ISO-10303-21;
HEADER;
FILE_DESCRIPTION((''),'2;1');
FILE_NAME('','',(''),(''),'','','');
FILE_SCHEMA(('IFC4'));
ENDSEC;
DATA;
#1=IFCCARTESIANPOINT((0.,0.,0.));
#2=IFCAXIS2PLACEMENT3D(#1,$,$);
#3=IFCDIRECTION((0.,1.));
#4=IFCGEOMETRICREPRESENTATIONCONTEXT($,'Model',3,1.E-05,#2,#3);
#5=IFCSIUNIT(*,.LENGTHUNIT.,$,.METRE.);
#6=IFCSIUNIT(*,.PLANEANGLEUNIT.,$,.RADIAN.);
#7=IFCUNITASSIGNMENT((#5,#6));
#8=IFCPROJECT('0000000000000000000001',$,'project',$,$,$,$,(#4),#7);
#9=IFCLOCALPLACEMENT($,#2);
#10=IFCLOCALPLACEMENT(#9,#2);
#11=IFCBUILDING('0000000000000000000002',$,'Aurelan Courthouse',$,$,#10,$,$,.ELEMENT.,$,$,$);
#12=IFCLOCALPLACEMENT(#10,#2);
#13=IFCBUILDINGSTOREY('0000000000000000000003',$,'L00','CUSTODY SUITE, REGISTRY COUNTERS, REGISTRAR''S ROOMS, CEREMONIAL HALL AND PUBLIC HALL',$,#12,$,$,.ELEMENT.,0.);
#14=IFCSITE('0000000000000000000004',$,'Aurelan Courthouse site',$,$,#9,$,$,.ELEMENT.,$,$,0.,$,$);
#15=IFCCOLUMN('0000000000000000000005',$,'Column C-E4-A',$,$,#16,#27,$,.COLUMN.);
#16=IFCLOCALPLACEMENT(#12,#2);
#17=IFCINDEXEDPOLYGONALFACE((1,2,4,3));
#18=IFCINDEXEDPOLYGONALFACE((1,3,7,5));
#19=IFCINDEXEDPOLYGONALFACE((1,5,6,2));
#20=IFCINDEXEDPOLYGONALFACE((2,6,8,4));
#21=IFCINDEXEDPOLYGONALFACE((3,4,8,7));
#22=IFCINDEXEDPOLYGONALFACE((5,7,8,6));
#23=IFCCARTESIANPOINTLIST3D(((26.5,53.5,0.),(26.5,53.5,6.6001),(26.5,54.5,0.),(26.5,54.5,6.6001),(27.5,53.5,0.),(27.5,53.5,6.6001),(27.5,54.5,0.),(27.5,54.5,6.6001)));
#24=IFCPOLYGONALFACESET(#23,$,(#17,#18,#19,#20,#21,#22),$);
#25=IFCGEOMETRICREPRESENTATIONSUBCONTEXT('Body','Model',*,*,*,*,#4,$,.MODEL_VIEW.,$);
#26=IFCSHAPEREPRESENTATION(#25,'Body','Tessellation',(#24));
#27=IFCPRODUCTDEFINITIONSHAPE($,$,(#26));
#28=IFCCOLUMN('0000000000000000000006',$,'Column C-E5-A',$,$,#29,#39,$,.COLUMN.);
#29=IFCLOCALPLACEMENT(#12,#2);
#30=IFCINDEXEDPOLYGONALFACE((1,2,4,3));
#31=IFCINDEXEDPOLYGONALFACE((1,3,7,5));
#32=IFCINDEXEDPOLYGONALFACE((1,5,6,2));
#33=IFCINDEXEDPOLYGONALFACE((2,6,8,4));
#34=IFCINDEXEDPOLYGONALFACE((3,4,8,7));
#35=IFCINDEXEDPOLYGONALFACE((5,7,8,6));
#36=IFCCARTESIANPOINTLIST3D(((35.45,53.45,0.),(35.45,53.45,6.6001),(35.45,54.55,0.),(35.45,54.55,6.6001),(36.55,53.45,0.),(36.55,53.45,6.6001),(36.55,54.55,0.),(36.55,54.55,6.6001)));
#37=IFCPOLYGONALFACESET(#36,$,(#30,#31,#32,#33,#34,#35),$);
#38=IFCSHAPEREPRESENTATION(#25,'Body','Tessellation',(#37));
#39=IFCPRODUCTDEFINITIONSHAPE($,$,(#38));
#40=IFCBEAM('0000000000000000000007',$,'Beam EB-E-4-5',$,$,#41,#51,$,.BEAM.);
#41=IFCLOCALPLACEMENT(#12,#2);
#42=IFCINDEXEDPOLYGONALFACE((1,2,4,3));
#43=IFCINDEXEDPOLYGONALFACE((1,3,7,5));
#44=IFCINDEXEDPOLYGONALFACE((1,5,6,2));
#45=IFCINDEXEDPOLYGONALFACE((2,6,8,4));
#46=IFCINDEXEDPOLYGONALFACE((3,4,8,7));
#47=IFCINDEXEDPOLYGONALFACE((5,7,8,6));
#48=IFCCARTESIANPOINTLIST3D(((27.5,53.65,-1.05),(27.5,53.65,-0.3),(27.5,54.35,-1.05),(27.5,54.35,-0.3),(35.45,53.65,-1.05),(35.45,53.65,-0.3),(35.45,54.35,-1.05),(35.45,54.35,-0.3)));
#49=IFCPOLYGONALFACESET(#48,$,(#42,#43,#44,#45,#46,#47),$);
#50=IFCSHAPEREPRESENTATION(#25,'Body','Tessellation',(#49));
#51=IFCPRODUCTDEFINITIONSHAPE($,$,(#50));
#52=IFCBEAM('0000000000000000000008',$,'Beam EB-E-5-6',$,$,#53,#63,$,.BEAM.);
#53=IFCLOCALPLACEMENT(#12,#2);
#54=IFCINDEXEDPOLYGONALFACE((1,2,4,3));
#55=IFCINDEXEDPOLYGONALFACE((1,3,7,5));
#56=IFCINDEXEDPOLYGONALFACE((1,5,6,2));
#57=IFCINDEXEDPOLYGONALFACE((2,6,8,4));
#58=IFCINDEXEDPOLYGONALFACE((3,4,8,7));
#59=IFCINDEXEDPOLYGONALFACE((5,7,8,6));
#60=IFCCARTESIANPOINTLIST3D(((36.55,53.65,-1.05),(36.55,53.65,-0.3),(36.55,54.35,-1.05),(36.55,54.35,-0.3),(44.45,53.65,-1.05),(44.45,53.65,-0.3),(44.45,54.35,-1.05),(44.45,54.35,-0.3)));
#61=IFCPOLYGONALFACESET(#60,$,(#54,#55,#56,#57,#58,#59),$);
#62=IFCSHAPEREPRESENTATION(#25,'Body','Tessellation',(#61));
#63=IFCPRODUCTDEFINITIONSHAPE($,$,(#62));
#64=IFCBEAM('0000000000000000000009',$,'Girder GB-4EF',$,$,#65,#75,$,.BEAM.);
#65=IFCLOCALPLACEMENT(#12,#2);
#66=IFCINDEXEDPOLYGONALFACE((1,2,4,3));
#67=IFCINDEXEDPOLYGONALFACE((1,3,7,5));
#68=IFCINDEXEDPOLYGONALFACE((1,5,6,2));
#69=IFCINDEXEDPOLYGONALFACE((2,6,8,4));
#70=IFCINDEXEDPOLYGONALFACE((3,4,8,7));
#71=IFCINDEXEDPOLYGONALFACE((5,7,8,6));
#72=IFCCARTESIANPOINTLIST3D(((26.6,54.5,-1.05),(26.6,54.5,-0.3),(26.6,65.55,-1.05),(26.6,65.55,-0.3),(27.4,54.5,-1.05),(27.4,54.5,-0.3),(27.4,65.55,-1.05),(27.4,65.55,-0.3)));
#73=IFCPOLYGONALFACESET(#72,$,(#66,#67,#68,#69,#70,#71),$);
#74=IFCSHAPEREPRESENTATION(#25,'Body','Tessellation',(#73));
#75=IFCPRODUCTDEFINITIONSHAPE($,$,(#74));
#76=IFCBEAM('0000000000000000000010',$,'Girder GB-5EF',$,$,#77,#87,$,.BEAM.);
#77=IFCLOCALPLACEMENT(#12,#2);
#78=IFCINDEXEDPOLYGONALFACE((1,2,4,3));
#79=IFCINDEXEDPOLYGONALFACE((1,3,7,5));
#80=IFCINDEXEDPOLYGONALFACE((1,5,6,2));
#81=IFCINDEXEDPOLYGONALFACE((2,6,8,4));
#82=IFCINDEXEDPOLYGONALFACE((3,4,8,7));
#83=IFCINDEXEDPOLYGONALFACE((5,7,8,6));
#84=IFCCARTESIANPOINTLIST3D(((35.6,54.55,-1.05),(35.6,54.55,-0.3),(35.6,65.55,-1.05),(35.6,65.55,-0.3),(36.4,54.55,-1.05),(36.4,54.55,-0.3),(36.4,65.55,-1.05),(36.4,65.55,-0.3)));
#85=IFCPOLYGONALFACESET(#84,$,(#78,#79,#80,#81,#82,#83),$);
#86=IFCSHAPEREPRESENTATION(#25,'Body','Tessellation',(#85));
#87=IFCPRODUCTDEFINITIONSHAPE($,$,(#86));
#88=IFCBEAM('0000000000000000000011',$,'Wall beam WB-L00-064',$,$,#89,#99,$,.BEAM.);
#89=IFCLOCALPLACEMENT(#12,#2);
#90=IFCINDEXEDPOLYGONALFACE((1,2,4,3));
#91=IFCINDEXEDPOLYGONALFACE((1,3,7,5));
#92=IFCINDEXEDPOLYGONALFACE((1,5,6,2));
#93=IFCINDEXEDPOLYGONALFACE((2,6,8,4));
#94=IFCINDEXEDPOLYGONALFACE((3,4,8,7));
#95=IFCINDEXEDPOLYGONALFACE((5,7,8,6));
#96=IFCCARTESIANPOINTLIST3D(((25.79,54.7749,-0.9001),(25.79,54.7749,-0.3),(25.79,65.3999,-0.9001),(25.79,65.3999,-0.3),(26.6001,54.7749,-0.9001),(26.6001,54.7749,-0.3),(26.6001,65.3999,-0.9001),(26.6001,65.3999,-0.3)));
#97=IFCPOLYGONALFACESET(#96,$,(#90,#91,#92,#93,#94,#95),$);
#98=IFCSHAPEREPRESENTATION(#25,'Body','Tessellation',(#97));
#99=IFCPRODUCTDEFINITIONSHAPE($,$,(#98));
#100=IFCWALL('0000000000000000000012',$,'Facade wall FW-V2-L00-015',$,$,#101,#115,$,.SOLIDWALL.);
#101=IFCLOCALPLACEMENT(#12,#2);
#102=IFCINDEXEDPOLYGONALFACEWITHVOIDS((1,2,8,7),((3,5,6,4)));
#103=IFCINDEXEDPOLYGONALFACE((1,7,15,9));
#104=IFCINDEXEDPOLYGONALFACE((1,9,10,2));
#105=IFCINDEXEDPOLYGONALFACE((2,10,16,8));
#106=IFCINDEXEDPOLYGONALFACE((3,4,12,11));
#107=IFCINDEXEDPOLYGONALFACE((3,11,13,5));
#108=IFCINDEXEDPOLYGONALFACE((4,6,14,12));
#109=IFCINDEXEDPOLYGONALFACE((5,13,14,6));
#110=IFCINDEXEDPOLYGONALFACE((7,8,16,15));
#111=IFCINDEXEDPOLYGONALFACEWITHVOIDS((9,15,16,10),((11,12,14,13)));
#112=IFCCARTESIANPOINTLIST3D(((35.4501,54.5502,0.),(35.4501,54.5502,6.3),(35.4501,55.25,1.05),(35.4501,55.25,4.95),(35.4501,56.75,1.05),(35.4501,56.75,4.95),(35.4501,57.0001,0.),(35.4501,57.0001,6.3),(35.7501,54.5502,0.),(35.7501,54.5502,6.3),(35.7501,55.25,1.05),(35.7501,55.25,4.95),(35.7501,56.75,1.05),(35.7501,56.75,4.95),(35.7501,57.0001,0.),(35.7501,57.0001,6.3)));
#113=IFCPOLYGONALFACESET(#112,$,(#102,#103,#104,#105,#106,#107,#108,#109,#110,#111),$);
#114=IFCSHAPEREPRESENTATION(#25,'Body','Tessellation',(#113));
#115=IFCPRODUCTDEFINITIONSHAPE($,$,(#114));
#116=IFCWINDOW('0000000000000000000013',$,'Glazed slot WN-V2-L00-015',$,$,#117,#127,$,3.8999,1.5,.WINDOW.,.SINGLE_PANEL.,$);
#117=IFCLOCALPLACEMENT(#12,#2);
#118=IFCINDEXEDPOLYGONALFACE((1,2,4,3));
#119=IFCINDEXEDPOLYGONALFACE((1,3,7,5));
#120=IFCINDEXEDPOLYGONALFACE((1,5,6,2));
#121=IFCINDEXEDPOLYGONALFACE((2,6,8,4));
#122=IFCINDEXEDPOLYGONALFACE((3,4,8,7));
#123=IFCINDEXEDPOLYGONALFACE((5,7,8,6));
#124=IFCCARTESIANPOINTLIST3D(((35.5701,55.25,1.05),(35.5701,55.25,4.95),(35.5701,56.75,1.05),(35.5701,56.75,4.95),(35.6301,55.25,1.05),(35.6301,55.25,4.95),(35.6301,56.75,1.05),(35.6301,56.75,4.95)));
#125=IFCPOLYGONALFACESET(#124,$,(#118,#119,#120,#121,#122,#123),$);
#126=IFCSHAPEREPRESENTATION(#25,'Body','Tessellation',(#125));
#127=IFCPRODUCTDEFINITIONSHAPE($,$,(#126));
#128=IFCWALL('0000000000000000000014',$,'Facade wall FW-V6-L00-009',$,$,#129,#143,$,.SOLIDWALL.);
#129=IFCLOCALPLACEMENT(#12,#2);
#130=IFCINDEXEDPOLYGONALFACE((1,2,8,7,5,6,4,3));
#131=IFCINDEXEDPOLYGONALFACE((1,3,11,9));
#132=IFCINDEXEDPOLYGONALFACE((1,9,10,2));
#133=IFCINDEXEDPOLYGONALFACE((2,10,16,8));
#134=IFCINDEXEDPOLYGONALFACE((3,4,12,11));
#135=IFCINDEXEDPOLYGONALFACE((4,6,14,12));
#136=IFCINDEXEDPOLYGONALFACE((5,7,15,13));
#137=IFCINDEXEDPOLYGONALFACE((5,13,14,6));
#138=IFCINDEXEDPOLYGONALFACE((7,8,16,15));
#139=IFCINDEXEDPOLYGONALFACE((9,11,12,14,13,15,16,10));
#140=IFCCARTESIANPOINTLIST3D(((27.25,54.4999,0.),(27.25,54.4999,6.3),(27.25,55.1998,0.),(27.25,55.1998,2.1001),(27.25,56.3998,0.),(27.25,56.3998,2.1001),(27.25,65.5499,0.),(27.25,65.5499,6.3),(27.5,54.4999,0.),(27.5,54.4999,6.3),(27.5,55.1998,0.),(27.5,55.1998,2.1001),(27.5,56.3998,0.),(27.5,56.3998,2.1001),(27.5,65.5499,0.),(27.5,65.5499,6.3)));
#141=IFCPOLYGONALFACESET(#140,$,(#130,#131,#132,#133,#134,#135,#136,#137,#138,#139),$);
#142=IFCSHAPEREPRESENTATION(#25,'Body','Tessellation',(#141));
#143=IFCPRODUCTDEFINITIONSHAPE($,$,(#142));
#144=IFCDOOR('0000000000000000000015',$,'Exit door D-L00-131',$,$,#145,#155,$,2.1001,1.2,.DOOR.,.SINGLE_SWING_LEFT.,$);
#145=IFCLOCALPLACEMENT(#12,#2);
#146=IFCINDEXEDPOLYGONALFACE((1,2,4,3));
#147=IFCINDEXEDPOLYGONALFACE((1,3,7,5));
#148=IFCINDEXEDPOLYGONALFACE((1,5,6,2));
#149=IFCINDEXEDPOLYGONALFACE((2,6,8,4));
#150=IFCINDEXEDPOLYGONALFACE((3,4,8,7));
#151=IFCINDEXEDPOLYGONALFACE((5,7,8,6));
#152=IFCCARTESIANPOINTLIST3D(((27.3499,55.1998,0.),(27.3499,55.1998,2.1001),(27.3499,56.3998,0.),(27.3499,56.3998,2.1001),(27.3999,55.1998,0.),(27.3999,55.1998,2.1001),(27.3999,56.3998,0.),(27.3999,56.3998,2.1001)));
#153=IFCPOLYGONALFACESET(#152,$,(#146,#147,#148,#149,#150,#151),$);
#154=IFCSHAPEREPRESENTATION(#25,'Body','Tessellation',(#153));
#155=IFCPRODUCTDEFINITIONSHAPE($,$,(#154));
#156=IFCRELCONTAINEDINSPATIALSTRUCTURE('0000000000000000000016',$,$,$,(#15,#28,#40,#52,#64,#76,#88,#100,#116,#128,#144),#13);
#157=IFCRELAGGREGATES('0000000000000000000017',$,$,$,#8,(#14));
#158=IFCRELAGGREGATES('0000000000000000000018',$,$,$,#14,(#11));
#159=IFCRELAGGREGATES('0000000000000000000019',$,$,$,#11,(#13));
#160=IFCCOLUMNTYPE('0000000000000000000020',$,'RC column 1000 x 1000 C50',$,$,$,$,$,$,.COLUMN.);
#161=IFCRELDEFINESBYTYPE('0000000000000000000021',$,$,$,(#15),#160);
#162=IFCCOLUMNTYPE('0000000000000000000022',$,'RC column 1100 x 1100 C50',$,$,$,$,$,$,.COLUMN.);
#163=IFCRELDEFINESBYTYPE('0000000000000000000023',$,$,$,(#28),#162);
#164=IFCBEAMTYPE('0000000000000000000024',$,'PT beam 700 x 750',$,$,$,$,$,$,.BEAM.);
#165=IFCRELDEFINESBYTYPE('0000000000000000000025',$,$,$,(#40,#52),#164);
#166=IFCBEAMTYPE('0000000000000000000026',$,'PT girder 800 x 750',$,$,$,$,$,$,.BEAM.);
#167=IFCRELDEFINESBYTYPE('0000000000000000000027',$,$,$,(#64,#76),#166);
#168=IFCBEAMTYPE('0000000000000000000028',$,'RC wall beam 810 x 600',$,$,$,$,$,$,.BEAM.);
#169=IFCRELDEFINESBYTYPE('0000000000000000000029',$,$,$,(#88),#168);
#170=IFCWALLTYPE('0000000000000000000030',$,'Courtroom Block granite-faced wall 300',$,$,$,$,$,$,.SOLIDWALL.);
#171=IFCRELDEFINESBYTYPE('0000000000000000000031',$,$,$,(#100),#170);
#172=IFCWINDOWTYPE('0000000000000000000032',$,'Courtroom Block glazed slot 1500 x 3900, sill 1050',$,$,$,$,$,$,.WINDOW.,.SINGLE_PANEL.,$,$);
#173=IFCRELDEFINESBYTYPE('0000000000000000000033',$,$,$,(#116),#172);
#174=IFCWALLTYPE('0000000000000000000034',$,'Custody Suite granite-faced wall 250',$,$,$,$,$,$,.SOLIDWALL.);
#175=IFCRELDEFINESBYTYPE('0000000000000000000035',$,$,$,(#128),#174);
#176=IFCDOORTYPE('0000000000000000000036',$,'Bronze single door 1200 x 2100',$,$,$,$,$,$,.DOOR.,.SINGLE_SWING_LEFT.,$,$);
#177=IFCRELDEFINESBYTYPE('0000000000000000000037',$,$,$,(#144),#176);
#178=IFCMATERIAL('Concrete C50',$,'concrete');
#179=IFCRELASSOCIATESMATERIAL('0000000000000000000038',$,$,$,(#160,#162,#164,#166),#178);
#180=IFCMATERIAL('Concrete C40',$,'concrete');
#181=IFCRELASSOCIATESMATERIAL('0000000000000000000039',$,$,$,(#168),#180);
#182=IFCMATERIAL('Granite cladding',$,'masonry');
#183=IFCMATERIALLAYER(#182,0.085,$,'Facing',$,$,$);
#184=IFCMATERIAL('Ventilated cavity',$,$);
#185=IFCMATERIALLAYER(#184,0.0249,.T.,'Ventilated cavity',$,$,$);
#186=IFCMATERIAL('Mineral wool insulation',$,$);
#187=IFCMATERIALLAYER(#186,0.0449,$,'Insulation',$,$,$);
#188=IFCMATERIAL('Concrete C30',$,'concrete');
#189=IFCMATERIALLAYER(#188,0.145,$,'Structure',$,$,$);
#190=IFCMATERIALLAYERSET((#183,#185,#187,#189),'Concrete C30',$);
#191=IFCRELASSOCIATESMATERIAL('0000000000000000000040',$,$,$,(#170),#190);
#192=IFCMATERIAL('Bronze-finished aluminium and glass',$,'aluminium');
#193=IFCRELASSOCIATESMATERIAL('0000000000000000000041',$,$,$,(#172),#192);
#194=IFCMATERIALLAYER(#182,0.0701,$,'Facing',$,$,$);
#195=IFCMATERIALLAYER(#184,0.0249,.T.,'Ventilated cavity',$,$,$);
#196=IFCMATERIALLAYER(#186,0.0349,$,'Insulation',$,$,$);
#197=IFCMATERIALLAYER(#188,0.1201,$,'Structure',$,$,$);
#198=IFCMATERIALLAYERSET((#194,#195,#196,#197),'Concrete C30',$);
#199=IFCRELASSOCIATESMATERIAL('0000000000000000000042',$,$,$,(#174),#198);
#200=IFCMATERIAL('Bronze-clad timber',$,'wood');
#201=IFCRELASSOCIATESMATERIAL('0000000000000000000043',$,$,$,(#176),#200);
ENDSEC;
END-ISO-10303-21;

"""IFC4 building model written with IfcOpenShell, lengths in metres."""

from ifc_helpers import new_model, si_unit, direction, frame, frame_2d, origin, origin_2d, place, context, subcontext, project, spatial, rectangle, extrude, material, layer, layer_set, material_profile, profile_set, type_object, element, fill, save


model = new_model("IFC4")

# Units and contexts
model_context = context("Model", 3, precision=1e-05, world=origin(), true_north=direction((0.0, 1.0)))
body_context = subcontext(model_context, "Body", "Model", "MODEL_VIEW")
ifc_project = project(units=[si_unit("LENGTHUNIT", "METRE"), si_unit("PLANEANGLEUNIT", "RADIAN")], contexts=[model_context])

# Site, building, storey
site_placement = place(None, origin())
site = spatial("IfcSite", under=ifc_project, at=site_placement, Name="Aurelan Courthouse site", CompositionType="ELEMENT", RefElevation=0.0)
building_placement = place(site_placement, origin())
building = spatial("IfcBuilding", under=site, at=building_placement, Name="Aurelan Courthouse", CompositionType="ELEMENT")
storey_placement = place(building_placement, origin())
storey = spatial("IfcBuildingStorey", under=building, at=storey_placement, Name="L00", Description="CUSTODY SUITE, REGISTRY COUNTERS, REGISTRAR'S ROOMS, CEREMONIAL HALL AND PUBLIC HALL", CompositionType="ELEMENT", Elevation=0.0)

# Columns
ifc_material_1 = material(Name="Concrete C50", Category="concrete")
ifc_material_profile_1 = material_profile(ifc_material_1, rectangle(XDim=1.0, YDim=1.0, at=origin_2d()), Name="RC 1000 x 1000")
ifc_profile_set_1 = profile_set([ifc_material_profile_1], Name="Concrete C50")
column_type_1 = type_object("IfcColumnType", Name="RC column 1000 x 1000 C50", PredefinedType="COLUMN", material=ifc_profile_set_1)
column_1_placement = place(storey_placement, frame((27.0, 54.0, 0.0), z_axis=(0.0, 0.0, 1.0), x_axis=(1.0, 0.0, 0.0)))
element("IfcColumn", 1, at=column_1_placement, inside=storey, type_object=column_type_1, Name="Column C-E4-A", PredefinedType="COLUMN", context=body_context, shape_type="SweptSolid", body=[
    extrude(rectangle(XDim=1.0, YDim=1.0, at=origin_2d()), origin(), (0.0, 0.0, 1.0), 6.6001),
])
ifc_material_profile_2 = material_profile(ifc_material_1, rectangle(XDim=1.1001, YDim=1.1001, at=origin_2d()), Name="RC 1100 x 1100")
ifc_profile_set_2 = profile_set([ifc_material_profile_2], Name="Concrete C50")
column_type_2 = type_object("IfcColumnType", Name="RC column 1100 x 1100 C50", PredefinedType="COLUMN", material=ifc_profile_set_2)
column_2_placement = place(storey_placement, frame((36.0, 54.0, 0.0), z_axis=(0.0, 0.0, 1.0), x_axis=(1.0, 0.0, 0.0)))
element("IfcColumn", 2, at=column_2_placement, inside=storey, type_object=column_type_2, Name="Column C-E5-A", PredefinedType="COLUMN", context=body_context, shape_type="SweptSolid", body=[
    extrude(rectangle(XDim=1.1001, YDim=1.1001, at=origin_2d()), origin(), (0.0, 0.0, 1.0), 6.6001),
])

# Beams
ifc_material_profile_3 = material_profile(ifc_material_1, rectangle(XDim=0.7, YDim=0.75, at=origin_2d()), Name="RC 700 x 750")
ifc_profile_set_3 = profile_set([ifc_material_profile_3], Name="Concrete C50")
beam_type_1 = type_object("IfcBeamType", Name="PT beam 700 x 750", PredefinedType="BEAM", material=ifc_profile_set_3)
beam_1_placement = place(storey_placement, frame((27.5, 54.0, -0.675), z_axis=(1.0, 0.0, 0.0), x_axis=(0.0, 1.0, 0.0)))
element("IfcBeam", 3, at=beam_1_placement, inside=storey, type_object=beam_type_1, Name="Beam EB-E-4-5", PredefinedType="BEAM", context=body_context, shape_type="SweptSolid", body=[
    extrude(rectangle(XDim=0.7, YDim=0.75, at=origin_2d()), origin(), (0.0, 0.0, 1.0), 7.95),
])
beam_2_placement = place(storey_placement, frame((36.55, 54.0, -0.675), z_axis=(1.0, 0.0, 0.0), x_axis=(0.0, 1.0, 0.0)))
element("IfcBeam", 4, at=beam_2_placement, inside=storey, type_object=beam_type_1, Name="Beam EB-E-5-6", PredefinedType="BEAM", context=body_context, shape_type="SweptSolid", body=[
    extrude(rectangle(XDim=0.7, YDim=0.75, at=origin_2d()), origin(), (0.0, 0.0, 1.0), 7.8999),
])
ifc_material_profile_4 = material_profile(ifc_material_1, rectangle(XDim=0.8, YDim=0.75, at=origin_2d()), Name="RC 800 x 750")
ifc_profile_set_4 = profile_set([ifc_material_profile_4], Name="Concrete C50")
beam_type_2 = type_object("IfcBeamType", Name="PT girder 800 x 750", PredefinedType="BEAM", material=ifc_profile_set_4)
beam_3_placement = place(storey_placement, frame((27.0, 54.5, -0.675), z_axis=(0.0, 1.0, 0.0), x_axis=(-1.0, 0.0, 0.0)))
element("IfcBeam", 5, at=beam_3_placement, inside=storey, type_object=beam_type_2, Name="Girder GB-4EF", PredefinedType="BEAM", context=body_context, shape_type="SweptSolid", body=[
    extrude(rectangle(XDim=0.8, YDim=0.75, at=origin_2d()), origin(), (0.0, 0.0, 1.0), 11.05),
])
beam_4_placement = place(storey_placement, frame((36.0, 54.55, -0.675), z_axis=(0.0, 1.0, 0.0), x_axis=(-1.0, 0.0, 0.0)))
element("IfcBeam", 6, at=beam_4_placement, inside=storey, type_object=beam_type_2, Name="Girder GB-5EF", PredefinedType="BEAM", context=body_context, shape_type="SweptSolid", body=[
    extrude(rectangle(XDim=0.8, YDim=0.75, at=origin_2d()), origin(), (0.0, 0.0, 1.0), 11.0),
])
ifc_material_2 = material(Name="Concrete C40", Category="concrete")
ifc_material_profile_5 = material_profile(ifc_material_2, rectangle(XDim=0.8101, YDim=0.6001, at=origin_2d()), Name="RC 810 x 600")
ifc_profile_set_5 = profile_set([ifc_material_profile_5], Name="Concrete C40")
beam_type_3 = type_object("IfcBeamType", Name="RC wall beam 810 x 600", PredefinedType="BEAM", material=ifc_profile_set_5)
beam_5_placement = place(storey_placement, frame((26.1951, 54.7749, -0.6001), z_axis=(0.0, 1.0, 0.0), x_axis=(-1.0, 0.0, 0.0)))
element("IfcBeam", 7, at=beam_5_placement, inside=storey, type_object=beam_type_3, Name="Wall beam WB-L00-064", PredefinedType="BEAM", context=body_context, shape_type="SweptSolid", body=[
    extrude(rectangle(XDim=0.8101, YDim=0.6001, at=origin_2d()), origin(), (0.0, 0.0, 1.0), 10.625),
])

# Wall, opening, window
ifc_material_3 = material(Name="Granite cladding", Category="masonry")
ifc_layer_1 = layer(ifc_material_3, 0.085, Name="Facing")
ifc_material_4 = material(Name="Ventilated cavity")
ifc_layer_2 = layer(ifc_material_4, 0.0249, ventilated=True, Name="Ventilated cavity")
ifc_material_5 = material(Name="Mineral wool insulation")
ifc_layer_3 = layer(ifc_material_5, 0.0449, Name="Insulation")
ifc_material_6 = material(Name="Concrete C30", Category="concrete")
ifc_layer_4 = layer(ifc_material_6, 0.145, Name="Structure")
ifc_layer_set_1 = layer_set([ifc_layer_1, ifc_layer_2, ifc_layer_3, ifc_layer_4], Name="Concrete C30")
wall_type_1 = type_object("IfcWallType", Name="Courtroom Block granite-faced wall 300", PredefinedType="SOLIDWALL", material=ifc_layer_set_1)
wall_1_placement = place(storey_placement, frame((35.6001, 54.55, 0.0), z_axis=(0.0, 0.0, 1.0), x_axis=(0.0, 1.0, 0.0)))
wall_1 = element("IfcWall", 8, at=wall_1_placement, inside=storey, type_object=wall_type_1, Name="Facade wall FW-V2-L00-015", PredefinedType="SOLIDWALL", context=body_context, shape_type="SweptSolid", body=[
    extrude(rectangle(XDim=2.45, YDim=0.3, at=frame_2d((1.2251, 0.0))), origin(), (0.0, 0.0, 1.0), 6.3),
])
opening_1_placement = place(wall_1_placement, frame((0.7, 0.0, 1.05)))
opening_1 = element("IfcOpeningElement", 9, at=opening_1_placement, cuts=wall_1, PredefinedType="OPENING", context=body_context, shape_type="SweptSolid", body=[
    extrude(rectangle(XDim=1.5, YDim=3.8999, at=frame_2d((0.75, 1.95))), frame((0.0, 0.1599, 0.0), z_axis=(0.0, -1.0, 0.0), x_axis=(1.0, 0.0, 0.0)), (0.0, 0.0, 1.0), 0.3201),
])
ifc_material_7 = material(Name="Bronze-finished aluminium and glass", Category="aluminium")
window_type = type_object("IfcWindowType", Name="Courtroom Block glazed slot 1500 x 3900, sill 1050", PartitioningType="SINGLE_PANEL", PredefinedType="WINDOW", material=ifc_material_7)
window_placement = place(opening_1_placement, origin())
window = element("IfcWindow", 10, at=window_placement, inside=storey, type_object=window_type, Name="Glazed slot WN-V2-L00-015", OverallHeight=3.8999, OverallWidth=1.5, PartitioningType="SINGLE_PANEL", PredefinedType="WINDOW", context=body_context, shape_type="SweptSolid", body=[
    extrude(rectangle(XDim=1.5, YDim=3.8999, at=frame_2d((0.75, 1.95))), frame((0.0, 0.03, 0.0), z_axis=(0.0, -1.0, 0.0), x_axis=(1.0, 0.0, 0.0)), (0.0, 0.0, 1.0), 0.0601),
])
fill(opening_1, window)

# Wall, opening, door
ifc_layer_5 = layer(ifc_material_3, 0.0701, Name="Facing")
ifc_layer_6 = layer(ifc_material_4, 0.0249, ventilated=True, Name="Ventilated cavity")
ifc_layer_7 = layer(ifc_material_5, 0.0349, Name="Insulation")
ifc_layer_8 = layer(ifc_material_6, 0.1201, Name="Structure")
ifc_layer_set_2 = layer_set([ifc_layer_5, ifc_layer_6, ifc_layer_7, ifc_layer_8], Name="Concrete C30")
wall_type_2 = type_object("IfcWallType", Name="Custody Suite granite-faced wall 250", PredefinedType="SOLIDWALL", material=ifc_layer_set_2)
wall_2_placement = place(storey_placement, frame((27.375, 54.5, 0.0), z_axis=(0.0, 0.0, 1.0), x_axis=(0.0, 1.0, 0.0)))
wall_2 = element("IfcWall", 11, at=wall_2_placement, inside=storey, type_object=wall_type_2, Name="Facade wall FW-V6-L00-009", PredefinedType="SOLIDWALL", context=body_context, shape_type="SweptSolid", body=[
    extrude(rectangle(XDim=11.05, YDim=0.25, at=frame_2d((5.5249, 0.0))), origin(), (0.0, 0.0, 1.0), 6.3),
])
opening_2_placement = place(wall_2_placement, frame((1.8999, 0.0, 0.0), z_axis=(0.0, 0.0, 1.0), x_axis=(-1.0, 0.0, 0.0)))
opening_2 = element("IfcOpeningElement", 12, at=opening_2_placement, cuts=wall_2, PredefinedType="OPENING", context=body_context, shape_type="SweptSolid", body=[
    extrude(rectangle(XDim=1.2, YDim=2.1001, at=frame_2d((0.6001, 1.05))), frame((0.0, 0.135, 0.0), z_axis=(0.0, -1.0, 0.0), x_axis=(1.0, 0.0, 0.0)), (0.0, 0.0, 1.0), 0.27),
])
ifc_material_8 = material(Name="Bronze-clad timber", Category="wood")
door_type = type_object("IfcDoorType", Name="Bronze single door 1200 x 2100", OperationType="SINGLE_SWING_LEFT", PredefinedType="DOOR", material=ifc_material_8)
door_placement = place(opening_2_placement, origin())
door = element("IfcDoor", 13, at=door_placement, inside=storey, type_object=door_type, Name="Exit door D-L00-131", OperationType="SINGLE_SWING_LEFT", OverallHeight=2.1001, OverallWidth=1.2, PredefinedType="DOOR", context=body_context, shape_type="SweptSolid", body=[
    extrude(rectangle(XDim=1.2, YDim=2.1001, at=frame_2d((0.6001, 1.05))), frame((0.0, 0.0249, 0.0), z_axis=(0.0, -1.0, 0.0), x_axis=(1.0, 0.0, 0.0)), (0.0, 0.0, 1.0), 0.05),
])
fill(opening_2, door)

save(model, "model.ifc")
